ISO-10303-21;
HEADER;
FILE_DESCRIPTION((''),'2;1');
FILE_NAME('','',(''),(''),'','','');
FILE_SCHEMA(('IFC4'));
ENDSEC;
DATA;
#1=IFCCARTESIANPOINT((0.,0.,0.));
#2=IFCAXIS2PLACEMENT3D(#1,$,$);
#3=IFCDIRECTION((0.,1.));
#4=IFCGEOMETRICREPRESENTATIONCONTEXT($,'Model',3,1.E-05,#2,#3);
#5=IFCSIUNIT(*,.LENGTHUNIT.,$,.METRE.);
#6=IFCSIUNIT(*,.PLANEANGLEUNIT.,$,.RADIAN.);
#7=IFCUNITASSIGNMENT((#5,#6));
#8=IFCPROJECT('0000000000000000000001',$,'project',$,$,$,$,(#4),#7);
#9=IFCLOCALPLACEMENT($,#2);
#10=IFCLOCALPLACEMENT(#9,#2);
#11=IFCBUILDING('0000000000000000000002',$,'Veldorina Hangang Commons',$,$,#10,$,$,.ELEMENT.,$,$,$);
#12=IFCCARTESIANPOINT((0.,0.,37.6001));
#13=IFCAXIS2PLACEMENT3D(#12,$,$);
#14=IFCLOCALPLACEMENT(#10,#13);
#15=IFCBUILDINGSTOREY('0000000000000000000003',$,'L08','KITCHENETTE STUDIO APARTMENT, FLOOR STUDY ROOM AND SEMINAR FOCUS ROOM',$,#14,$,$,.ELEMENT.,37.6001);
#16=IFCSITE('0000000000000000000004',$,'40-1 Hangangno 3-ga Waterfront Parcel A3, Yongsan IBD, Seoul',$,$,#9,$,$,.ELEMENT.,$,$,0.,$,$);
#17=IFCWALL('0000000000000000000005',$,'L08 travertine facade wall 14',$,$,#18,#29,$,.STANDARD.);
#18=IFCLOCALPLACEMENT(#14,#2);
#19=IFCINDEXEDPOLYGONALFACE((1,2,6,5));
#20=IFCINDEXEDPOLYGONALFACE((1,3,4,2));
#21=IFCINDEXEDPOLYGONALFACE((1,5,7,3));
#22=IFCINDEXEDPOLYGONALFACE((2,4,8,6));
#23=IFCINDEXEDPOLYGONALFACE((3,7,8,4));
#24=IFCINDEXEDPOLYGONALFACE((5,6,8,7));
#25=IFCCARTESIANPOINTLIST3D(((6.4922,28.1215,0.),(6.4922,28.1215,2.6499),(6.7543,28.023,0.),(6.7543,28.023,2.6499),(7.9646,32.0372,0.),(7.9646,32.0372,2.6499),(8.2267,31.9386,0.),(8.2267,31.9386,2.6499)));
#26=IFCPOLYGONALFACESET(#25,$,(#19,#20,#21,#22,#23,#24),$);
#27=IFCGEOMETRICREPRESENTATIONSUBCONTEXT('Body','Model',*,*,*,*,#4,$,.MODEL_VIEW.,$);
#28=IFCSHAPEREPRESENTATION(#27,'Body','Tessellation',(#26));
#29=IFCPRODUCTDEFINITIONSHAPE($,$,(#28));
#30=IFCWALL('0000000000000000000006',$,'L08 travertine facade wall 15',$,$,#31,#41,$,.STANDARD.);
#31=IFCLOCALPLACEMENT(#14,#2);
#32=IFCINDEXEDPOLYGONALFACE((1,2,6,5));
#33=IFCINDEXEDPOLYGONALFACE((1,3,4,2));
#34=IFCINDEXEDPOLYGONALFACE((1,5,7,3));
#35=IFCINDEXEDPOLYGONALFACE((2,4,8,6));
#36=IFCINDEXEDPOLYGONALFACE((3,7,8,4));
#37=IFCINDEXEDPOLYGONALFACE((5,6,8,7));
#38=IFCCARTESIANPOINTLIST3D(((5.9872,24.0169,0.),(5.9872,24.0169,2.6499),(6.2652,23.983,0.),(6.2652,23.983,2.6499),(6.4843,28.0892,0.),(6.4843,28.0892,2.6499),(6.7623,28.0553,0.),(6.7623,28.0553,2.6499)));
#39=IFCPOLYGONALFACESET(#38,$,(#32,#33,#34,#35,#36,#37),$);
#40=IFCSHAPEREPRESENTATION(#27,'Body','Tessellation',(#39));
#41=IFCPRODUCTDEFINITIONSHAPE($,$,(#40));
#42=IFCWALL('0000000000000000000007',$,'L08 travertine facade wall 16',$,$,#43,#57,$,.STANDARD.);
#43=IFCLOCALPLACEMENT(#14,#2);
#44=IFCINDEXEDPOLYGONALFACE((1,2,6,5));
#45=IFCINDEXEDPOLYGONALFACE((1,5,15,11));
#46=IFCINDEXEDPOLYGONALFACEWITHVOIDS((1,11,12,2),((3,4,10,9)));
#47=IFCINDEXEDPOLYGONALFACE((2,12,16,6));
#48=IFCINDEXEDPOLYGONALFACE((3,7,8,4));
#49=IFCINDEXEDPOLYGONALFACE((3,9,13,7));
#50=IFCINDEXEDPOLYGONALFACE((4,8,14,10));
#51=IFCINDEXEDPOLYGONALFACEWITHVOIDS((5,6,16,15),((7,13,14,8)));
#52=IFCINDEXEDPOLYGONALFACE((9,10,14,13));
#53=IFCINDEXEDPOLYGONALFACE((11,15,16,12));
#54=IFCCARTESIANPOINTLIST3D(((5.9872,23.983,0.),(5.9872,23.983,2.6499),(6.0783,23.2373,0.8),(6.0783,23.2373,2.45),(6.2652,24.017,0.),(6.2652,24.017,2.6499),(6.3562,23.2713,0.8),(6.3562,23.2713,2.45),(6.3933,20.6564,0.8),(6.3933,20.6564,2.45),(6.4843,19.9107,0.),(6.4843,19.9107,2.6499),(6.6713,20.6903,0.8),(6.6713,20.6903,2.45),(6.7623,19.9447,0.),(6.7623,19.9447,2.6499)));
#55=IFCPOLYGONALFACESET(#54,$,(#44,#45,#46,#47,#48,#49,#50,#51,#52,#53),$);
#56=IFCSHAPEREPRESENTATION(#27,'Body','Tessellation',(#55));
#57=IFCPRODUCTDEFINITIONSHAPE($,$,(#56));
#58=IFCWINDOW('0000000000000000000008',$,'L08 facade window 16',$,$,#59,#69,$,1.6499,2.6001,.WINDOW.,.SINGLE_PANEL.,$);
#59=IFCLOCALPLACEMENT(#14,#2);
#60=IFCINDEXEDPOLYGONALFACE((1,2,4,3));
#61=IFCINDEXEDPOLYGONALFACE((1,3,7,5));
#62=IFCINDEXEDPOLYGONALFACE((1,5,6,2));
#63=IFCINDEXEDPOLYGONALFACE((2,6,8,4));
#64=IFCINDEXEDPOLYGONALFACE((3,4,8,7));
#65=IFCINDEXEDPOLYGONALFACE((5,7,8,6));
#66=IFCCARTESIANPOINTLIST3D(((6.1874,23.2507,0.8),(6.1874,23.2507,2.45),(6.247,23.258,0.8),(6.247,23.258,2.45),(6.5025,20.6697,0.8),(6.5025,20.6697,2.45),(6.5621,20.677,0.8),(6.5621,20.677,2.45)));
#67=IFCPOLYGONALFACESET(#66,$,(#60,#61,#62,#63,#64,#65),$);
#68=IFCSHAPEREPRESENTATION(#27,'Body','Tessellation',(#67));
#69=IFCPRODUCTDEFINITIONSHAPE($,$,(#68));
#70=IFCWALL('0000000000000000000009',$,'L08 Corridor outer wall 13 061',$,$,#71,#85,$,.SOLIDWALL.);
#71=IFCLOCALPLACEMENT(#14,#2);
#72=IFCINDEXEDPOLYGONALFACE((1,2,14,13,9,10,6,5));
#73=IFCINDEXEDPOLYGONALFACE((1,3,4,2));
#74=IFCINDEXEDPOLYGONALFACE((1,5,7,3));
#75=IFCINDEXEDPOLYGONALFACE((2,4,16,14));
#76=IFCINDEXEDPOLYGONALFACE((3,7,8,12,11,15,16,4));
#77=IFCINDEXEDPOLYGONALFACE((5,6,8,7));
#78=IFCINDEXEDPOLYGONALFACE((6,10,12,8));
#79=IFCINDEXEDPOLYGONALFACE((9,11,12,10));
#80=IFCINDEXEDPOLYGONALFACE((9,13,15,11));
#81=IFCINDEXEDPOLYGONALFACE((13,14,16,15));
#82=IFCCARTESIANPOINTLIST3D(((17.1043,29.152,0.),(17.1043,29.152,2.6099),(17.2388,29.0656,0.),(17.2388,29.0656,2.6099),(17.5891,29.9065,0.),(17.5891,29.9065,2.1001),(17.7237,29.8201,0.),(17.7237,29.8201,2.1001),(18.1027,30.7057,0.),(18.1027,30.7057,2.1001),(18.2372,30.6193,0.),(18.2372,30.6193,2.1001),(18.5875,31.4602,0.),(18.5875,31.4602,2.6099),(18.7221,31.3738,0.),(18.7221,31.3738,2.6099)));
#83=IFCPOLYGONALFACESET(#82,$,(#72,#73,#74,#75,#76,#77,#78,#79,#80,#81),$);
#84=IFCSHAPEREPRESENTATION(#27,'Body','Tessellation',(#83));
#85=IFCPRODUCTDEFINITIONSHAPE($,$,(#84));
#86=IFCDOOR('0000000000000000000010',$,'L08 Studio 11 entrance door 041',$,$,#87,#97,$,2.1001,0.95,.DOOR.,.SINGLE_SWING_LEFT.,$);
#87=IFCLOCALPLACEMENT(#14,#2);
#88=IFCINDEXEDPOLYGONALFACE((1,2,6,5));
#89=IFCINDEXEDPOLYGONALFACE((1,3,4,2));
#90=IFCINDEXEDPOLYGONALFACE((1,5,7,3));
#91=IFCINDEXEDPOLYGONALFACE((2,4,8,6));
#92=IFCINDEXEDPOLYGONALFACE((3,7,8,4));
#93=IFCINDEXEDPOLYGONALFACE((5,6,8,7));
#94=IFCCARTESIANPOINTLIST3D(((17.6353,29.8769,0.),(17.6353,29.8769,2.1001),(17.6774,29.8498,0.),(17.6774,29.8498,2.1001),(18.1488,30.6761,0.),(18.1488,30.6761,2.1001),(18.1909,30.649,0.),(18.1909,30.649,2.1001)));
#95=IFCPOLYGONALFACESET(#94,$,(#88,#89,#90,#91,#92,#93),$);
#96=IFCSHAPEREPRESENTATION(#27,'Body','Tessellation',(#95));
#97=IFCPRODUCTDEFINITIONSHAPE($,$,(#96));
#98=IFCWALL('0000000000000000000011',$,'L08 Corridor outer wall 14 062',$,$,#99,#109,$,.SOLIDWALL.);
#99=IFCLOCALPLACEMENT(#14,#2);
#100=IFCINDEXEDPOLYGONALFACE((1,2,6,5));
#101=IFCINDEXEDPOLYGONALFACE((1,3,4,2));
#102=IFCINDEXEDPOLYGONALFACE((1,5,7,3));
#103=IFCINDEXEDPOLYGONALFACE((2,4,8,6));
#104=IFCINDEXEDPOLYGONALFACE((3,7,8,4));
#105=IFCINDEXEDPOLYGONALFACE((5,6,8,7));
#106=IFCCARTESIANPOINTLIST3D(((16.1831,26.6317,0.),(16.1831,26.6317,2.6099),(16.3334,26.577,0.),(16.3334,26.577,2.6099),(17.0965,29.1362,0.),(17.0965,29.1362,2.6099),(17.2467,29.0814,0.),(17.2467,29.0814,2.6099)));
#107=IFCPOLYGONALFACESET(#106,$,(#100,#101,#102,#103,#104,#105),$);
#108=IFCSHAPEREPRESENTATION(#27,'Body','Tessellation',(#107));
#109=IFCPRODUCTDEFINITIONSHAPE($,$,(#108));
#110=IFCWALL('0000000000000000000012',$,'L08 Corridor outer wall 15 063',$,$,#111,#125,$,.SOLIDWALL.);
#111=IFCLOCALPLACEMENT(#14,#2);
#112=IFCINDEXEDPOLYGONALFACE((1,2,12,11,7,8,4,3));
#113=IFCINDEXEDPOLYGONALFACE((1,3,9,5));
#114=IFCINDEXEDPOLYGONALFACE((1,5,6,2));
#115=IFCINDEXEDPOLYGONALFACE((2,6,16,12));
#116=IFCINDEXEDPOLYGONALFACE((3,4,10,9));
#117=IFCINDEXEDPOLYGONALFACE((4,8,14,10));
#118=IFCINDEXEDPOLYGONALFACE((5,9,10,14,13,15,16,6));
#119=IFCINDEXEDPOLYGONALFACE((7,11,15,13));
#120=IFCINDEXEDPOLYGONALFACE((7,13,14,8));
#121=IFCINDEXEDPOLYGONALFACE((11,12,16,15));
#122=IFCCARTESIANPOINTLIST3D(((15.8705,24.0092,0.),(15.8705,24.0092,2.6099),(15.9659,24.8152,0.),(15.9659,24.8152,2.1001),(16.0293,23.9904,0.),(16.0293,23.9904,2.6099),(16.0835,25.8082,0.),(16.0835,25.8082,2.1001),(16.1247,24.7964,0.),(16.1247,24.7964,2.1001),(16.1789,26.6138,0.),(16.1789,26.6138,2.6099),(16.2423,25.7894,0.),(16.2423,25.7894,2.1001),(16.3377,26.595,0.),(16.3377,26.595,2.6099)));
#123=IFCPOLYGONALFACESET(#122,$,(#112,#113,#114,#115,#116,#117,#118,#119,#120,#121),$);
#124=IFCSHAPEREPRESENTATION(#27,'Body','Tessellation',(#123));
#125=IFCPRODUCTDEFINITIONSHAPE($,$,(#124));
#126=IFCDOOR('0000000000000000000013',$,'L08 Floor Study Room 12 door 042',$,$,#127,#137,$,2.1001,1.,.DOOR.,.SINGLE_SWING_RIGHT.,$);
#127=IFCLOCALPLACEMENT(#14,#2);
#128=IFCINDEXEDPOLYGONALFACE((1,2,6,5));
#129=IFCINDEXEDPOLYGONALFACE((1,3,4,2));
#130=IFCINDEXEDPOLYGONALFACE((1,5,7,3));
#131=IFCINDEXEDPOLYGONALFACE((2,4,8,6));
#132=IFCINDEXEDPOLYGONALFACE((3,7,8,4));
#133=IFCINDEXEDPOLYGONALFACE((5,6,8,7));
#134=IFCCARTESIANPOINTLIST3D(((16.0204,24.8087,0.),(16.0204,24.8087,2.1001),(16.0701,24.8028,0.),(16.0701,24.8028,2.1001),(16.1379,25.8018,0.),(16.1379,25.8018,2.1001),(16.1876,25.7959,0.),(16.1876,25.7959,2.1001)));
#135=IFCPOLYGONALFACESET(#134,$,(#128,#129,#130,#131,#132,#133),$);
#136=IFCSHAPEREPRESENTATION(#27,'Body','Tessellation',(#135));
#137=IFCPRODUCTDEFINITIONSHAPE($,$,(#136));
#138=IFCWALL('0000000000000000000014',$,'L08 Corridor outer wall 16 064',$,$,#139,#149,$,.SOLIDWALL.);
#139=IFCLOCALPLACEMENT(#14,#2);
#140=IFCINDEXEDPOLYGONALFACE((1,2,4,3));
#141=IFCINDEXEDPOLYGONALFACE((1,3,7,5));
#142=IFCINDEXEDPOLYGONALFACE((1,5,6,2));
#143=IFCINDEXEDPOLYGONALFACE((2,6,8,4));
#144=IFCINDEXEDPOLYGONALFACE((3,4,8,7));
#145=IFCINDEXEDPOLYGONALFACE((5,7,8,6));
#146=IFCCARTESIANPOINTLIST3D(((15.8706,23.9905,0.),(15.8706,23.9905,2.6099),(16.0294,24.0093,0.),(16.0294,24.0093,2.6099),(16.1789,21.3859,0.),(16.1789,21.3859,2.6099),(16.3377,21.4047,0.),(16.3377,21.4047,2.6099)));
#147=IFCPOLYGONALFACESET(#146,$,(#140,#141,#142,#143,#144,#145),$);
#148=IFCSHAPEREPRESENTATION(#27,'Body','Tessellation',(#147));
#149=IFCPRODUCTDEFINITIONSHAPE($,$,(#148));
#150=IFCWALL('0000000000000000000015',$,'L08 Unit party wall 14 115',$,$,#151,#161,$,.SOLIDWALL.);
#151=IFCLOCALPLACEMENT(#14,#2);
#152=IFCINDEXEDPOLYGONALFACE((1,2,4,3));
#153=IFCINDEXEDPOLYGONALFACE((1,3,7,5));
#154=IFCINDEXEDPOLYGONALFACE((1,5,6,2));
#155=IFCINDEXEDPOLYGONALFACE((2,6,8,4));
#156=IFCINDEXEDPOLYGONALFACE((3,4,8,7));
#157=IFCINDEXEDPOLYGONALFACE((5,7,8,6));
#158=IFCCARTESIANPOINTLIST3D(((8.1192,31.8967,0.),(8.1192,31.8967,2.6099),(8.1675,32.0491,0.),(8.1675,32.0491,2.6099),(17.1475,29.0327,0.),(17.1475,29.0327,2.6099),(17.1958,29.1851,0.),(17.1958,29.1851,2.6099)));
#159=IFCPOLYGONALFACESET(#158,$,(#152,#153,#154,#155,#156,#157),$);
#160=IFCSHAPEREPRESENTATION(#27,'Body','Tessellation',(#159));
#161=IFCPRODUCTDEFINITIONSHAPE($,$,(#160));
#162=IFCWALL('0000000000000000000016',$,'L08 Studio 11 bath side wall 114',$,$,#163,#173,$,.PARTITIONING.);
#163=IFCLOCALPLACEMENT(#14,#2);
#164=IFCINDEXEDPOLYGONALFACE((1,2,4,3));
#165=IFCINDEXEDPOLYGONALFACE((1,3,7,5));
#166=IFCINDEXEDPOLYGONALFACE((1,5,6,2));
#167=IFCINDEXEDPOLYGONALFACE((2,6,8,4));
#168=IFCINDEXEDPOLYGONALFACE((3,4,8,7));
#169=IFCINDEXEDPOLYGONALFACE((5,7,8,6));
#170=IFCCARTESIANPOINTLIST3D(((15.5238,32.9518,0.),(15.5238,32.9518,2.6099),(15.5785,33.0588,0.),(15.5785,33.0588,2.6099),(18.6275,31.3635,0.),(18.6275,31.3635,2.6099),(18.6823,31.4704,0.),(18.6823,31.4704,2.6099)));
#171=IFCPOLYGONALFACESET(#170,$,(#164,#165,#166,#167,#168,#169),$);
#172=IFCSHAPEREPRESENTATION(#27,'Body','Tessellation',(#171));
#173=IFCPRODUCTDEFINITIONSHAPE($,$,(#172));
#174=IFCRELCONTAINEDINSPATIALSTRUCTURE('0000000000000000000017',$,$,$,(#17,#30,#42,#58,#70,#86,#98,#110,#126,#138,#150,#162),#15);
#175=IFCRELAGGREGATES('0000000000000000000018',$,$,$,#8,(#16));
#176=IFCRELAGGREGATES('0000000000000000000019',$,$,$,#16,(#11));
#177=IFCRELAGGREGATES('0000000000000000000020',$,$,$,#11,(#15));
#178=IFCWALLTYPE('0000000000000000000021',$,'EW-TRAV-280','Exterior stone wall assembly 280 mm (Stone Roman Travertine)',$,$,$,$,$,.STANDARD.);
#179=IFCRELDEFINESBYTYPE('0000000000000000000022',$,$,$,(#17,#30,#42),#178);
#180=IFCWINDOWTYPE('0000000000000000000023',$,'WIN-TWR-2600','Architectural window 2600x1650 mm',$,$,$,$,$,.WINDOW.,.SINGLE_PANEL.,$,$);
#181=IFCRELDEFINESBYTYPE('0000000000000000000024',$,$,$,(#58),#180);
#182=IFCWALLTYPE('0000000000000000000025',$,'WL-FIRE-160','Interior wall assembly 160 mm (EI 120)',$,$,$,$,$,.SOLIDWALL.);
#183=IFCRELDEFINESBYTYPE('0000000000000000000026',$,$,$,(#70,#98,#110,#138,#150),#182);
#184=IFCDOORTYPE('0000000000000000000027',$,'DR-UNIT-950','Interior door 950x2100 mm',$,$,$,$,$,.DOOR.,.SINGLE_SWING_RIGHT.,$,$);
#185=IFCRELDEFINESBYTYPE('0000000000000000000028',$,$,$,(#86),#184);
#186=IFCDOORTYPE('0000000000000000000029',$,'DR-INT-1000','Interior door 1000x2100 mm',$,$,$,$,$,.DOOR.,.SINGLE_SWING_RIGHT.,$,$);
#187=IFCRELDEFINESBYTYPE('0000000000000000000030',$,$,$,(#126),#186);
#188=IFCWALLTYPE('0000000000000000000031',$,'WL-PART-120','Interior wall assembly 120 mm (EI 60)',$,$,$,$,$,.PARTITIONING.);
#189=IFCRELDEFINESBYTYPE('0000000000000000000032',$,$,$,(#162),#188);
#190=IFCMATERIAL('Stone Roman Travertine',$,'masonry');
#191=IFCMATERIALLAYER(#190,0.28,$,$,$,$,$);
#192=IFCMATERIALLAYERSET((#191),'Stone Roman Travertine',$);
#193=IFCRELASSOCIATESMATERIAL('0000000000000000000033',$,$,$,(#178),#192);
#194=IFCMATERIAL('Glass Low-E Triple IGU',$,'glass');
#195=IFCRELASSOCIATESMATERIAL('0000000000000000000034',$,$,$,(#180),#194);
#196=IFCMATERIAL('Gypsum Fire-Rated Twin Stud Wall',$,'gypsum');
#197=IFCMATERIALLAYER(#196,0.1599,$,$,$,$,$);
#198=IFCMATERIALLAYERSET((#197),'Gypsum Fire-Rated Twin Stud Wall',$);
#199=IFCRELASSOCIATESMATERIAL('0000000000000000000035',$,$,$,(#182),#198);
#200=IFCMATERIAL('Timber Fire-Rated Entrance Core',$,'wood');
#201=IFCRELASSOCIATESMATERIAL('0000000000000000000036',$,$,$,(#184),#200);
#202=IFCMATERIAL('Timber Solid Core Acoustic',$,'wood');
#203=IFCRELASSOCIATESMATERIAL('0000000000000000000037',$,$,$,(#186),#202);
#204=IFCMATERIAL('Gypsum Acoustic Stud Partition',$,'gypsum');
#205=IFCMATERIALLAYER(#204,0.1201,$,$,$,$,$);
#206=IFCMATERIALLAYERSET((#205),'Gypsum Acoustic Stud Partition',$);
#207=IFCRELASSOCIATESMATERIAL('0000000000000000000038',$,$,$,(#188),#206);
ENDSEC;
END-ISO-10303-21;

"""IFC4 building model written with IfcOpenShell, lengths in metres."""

from ifc_helpers import new_model, si_unit, direction, frame, frame_2d, origin, place, context, subcontext, project, spatial, rectangle, extrude, material, layer, layer_set, type_object, element, fill, save


model = new_model("IFC4")

# Units and contexts
model_context = context("Model", 3, precision=1e-05, world=origin(), true_north=direction((0.0, 1.0)))
body_context = subcontext(model_context, "Body", "Model", "MODEL_VIEW")
ifc_project = project(units=[si_unit("LENGTHUNIT", "METRE"), si_unit("PLANEANGLEUNIT", "RADIAN")], contexts=[model_context])

# Site, building, storey
site_placement = place(None, origin())
site = spatial("IfcSite", under=ifc_project, at=site_placement, Name="40-1 Hangangno 3-ga Waterfront Parcel A3, Yongsan IBD, Seoul", CompositionType="ELEMENT", RefElevation=0.0)
building_placement = place(site_placement, origin())
building = spatial("IfcBuilding", under=site, at=building_placement, Name="Veldorina Hangang Commons", CompositionType="ELEMENT")
storey_placement = place(building_placement, frame((0.0, 0.0, 37.6001)))
storey = spatial("IfcBuildingStorey", under=building, at=storey_placement, Name="L08", Description="KITCHENETTE STUDIO APARTMENT, FLOOR STUDY ROOM AND SEMINAR FOCUS ROOM", CompositionType="ELEMENT", Elevation=37.6001)

# Walls
ifc_material_1 = material(Name="Stone Roman Travertine", Category="masonry")
ifc_layer_1 = layer(ifc_material_1, 0.28)
ifc_layer_set_1 = layer_set([ifc_layer_1], Name="Stone Roman Travertine")
wall_type_1 = type_object("IfcWallType", Name="EW-TRAV-280", Description="Exterior stone wall assembly 280 mm (Stone Roman Travertine)", PredefinedType="STANDARD", material=ifc_layer_set_1)
wall_1_placement = place(storey_placement, frame((8.0957, 31.988, 0.0), z_axis=(0.0, 0.0, 1.0), x_axis=(-0.351961, -0.936015, 0.0)))
element("IfcWall", 1, at=wall_1_placement, inside=storey, type_object=wall_type_1, Name="L08 travertine facade wall 14", PredefinedType="STANDARD", context=body_context, shape_type="SweptSolid", body=[
    extrude(rectangle(XDim=4.1833, YDim=0.28, at=frame_2d((2.0918, 0.0))), origin(), (0.0, 0.0, 1.0), 2.6499),
])
wall_2_placement = place(storey_placement, frame((6.6233, 28.0723, 0.0), z_axis=(0.0, 0.0, 1.0), x_axis=(-0.121163, -0.992633, 0.0)))
element("IfcWall", 2, at=wall_2_placement, inside=storey, type_object=wall_type_1, Name="L08 travertine facade wall 15", PredefinedType="STANDARD", context=body_context, shape_type="SweptSolid", body=[
    extrude(rectangle(XDim=4.1025, YDim=0.28, at=frame_2d((2.0513, 0.0))), origin(), (0.0, 0.0, 1.0), 2.6499),
])

# Wall, opening, window
wall_3_placement = place(storey_placement, frame((6.1262, 24.0, 0.0), z_axis=(0.0, 0.0, 1.0), x_axis=(0.121163, -0.992633, 0.0)))
wall_3 = element("IfcWall", 3, at=wall_3_placement, inside=storey, type_object=wall_type_1, Name="L08 travertine facade wall 16", PredefinedType="STANDARD", context=body_context, shape_type="SweptSolid", body=[
    extrude(rectangle(XDim=4.1025, YDim=0.28, at=frame_2d((2.0513, 0.0))), origin(), (0.0, 0.0, 1.0), 2.6499),
])
opening_1_placement = place(wall_3_placement, frame((0.7512, 0.0, 0.8)))
opening_1 = element("IfcOpeningElement", 4, at=opening_1_placement, cuts=wall_3, PredefinedType="OPENING", context=body_context, shape_type="SweptSolid", body=[
    extrude(rectangle(XDim=2.6001, YDim=1.6499, at=frame_2d((1.3, 0.825))), frame((0.0, 0.1499, 0.0), z_axis=(0.0, -1.0, 0.0), x_axis=(1.0, 0.0, 0.0)), (0.0, 0.0, 1.0), 0.3),
])
ifc_material_2 = material(Name="Glass Low-E Triple IGU", Category="glass")
window_type = type_object("IfcWindowType", Name="WIN-TWR-2600", Description="Architectural window 2600x1650 mm", PartitioningType="SINGLE_PANEL", PredefinedType="WINDOW", material=ifc_material_2)
window_placement = place(opening_1_placement, origin())
window = element("IfcWindow", 5, at=window_placement, inside=storey, type_object=window_type, Name="L08 facade window 16", OverallHeight=1.6499, OverallWidth=2.6001, PartitioningType="SINGLE_PANEL", PredefinedType="WINDOW", context=body_context, shape_type="SweptSolid", body=[
    extrude(rectangle(XDim=2.6001, YDim=1.6499, at=frame_2d((1.3, 0.825))), frame((0.0, 0.03, 0.0), z_axis=(0.0, -1.0, 0.0), x_axis=(1.0, 0.0, 0.0)), (0.0, 0.0, 1.0), 0.0601),
])
fill(opening_1, window)

# Wall, opening, door
ifc_material_3 = material(Name="Gypsum Fire-Rated Twin Stud Wall", Category="gypsum")
ifc_layer_2 = layer(ifc_material_3, 0.1599)
ifc_layer_set_2 = layer_set([ifc_layer_2], Name="Gypsum Fire-Rated Twin Stud Wall")
wall_type_2 = type_object("IfcWallType", Name="WL-FIRE-160", Description="Interior wall assembly 160 mm (EI 120)", PredefinedType="SOLIDWALL", material=ifc_layer_set_2)
wall_4_placement = place(storey_placement, frame((18.6548, 31.417, 0.0), z_axis=(0.0, 0.0, 1.0), x_axis=(-0.540596, -0.841283, 0.0)))
wall_4 = element("IfcWall", 6, at=wall_4_placement, inside=storey, type_object=wall_type_2, Name="L08 Corridor outer wall 13 061", PredefinedType="SOLIDWALL", context=body_context, shape_type="SweptSolid", body=[
    extrude(rectangle(XDim=2.7437, YDim=0.1599, at=frame_2d((1.3718, 0.0))), origin(), (0.0, 0.0, 1.0), 2.6099),
])
opening_2_placement = place(wall_4_placement, frame((0.8967, 0.0, 0.0)))
opening_2 = element("IfcOpeningElement", 7, at=opening_2_placement, cuts=wall_4, PredefinedType="OPENING", context=body_context, shape_type="SweptSolid", body=[
    extrude(rectangle(XDim=0.95, YDim=2.1001, at=frame_2d((0.4751, 1.05))), frame((0.0, 0.0898, 0.0), z_axis=(0.0, -1.0, 0.0), x_axis=(1.0, 0.0, 0.0)), (0.0, 0.0, 1.0), 0.1799),
])
ifc_material_4 = material(Name="Timber Fire-Rated Entrance Core", Category="wood")
door_type_1 = type_object("IfcDoorType", Name="DR-UNIT-950", Description="Interior door 950x2100 mm", OperationType="SINGLE_SWING_RIGHT", PredefinedType="DOOR", material=ifc_material_4)
door_1_placement = place(opening_2_placement, origin())
door_1 = element("IfcDoor", 8, at=door_1_placement, inside=storey, type_object=door_type_1, Name="L08 Studio 11 entrance door 041", OperationType="SINGLE_SWING_LEFT", OverallHeight=2.1001, OverallWidth=0.95, PredefinedType="DOOR", context=body_context, shape_type="SweptSolid", body=[
    extrude(rectangle(XDim=0.95, YDim=2.1001, at=frame_2d((0.4751, 1.05))), frame((0.0, 0.0249, 0.0), z_axis=(0.0, -1.0, 0.0), x_axis=(1.0, 0.0, 0.0)), (0.0, 0.0, 1.0), 0.05),
])
fill(opening_2, door_1)

# Wall
wall_5_placement = place(storey_placement, frame((17.1716, 29.1089, 0.0), z_axis=(0.0, 0.0, 1.0), x_axis=(-0.342618, -0.939475, 0.0)))
element("IfcWall", 9, at=wall_5_placement, inside=storey, type_object=wall_type_2, Name="L08 Corridor outer wall 14 062", PredefinedType="SOLIDWALL", context=body_context, shape_type="SweptSolid", body=[
    extrude(rectangle(XDim=2.6658, YDim=0.1599, at=frame_2d((1.333, 0.0))), origin(), (0.0, 0.0, 1.0), 2.6099),
])

# Wall, opening, door
wall_6_placement = place(storey_placement, frame((16.2583, 26.6045, 0.0), z_axis=(0.0, 0.0, 1.0), x_axis=(-0.11757, -0.993065, 0.0)))
wall_6 = element("IfcWall", 10, at=wall_6_placement, inside=storey, type_object=wall_type_2, Name="L08 Corridor outer wall 15 063", PredefinedType="SOLIDWALL", context=body_context, shape_type="SweptSolid", body=[
    extrude(rectangle(XDim=2.6228, YDim=0.1599, at=frame_2d((1.3115, 0.0))), origin(), (0.0, 0.0, 1.0), 2.6099),
])
opening_3_placement = place(wall_6_placement, frame((0.8113, 0.0, 0.0)))
opening_3 = element("IfcOpeningElement", 11, at=opening_3_placement, cuts=wall_6, PredefinedType="OPENING", context=body_context, shape_type="SweptSolid", body=[
    extrude(rectangle(XDim=1.0, YDim=2.1001, at=frame_2d((0.5, 1.05))), frame((0.0, 0.0898, 0.0), z_axis=(0.0, -1.0, 0.0), x_axis=(1.0, 0.0, 0.0)), (0.0, 0.0, 1.0), 0.1799),
])
ifc_material_5 = material(Name="Timber Solid Core Acoustic", Category="wood")
door_type_2 = type_object("IfcDoorType", Name="DR-INT-1000", Description="Interior door 1000x2100 mm", OperationType="SINGLE_SWING_RIGHT", PredefinedType="DOOR", material=ifc_material_5)
door_2_placement = place(opening_3_placement, origin())
door_2 = element("IfcDoor", 12, at=door_2_placement, inside=storey, type_object=door_type_2, Name="L08 Floor Study Room 12 door 042", OperationType="SINGLE_SWING_RIGHT", OverallHeight=2.1001, OverallWidth=1.0, PredefinedType="DOOR", context=body_context, shape_type="SweptSolid", body=[
    extrude(rectangle(XDim=1.0, YDim=2.1001, at=frame_2d((0.5, 1.05))), frame((0.0, 0.0249, 0.0), z_axis=(0.0, -1.0, 0.0), x_axis=(1.0, 0.0, 0.0)), (0.0, 0.0, 1.0), 0.05),
])
fill(opening_3, door_2)

# Walls
wall_7_placement = place(storey_placement, frame((15.95, 24.0, 0.0), z_axis=(0.0, 0.0, 1.0), x_axis=(0.11757, -0.993065, 0.0)))
element("IfcWall", 13, at=wall_7_placement, inside=storey, type_object=wall_type_2, Name="L08 Corridor outer wall 16 064", PredefinedType="SOLIDWALL", context=body_context, shape_type="SweptSolid", body=[
    extrude(rectangle(XDim=2.6228, YDim=0.1599, at=frame_2d((1.3115, 0.0))), origin(), (0.0, 0.0, 1.0), 2.6099),
])
wall_8_placement = place(storey_placement, frame((17.1716, 29.1089, 0.0), z_axis=(0.0, 0.0, 1.0), x_axis=(-0.953189, 0.302376, 0.0)))
element("IfcWall", 14, at=wall_8_placement, inside=storey, type_object=wall_type_2, Name="L08 Unit party wall 14 115", PredefinedType="SOLIDWALL", context=body_context, shape_type="SweptSolid", body=[
    extrude(rectangle(XDim=9.4717, YDim=0.1599, at=frame_2d((4.7358, 0.0))), origin(), (0.0, 0.0, 1.0), 2.6099),
])
ifc_material_6 = material(Name="Gypsum Acoustic Stud Partition", Category="gypsum")
ifc_layer_3 = layer(ifc_material_6, 0.1201)
ifc_layer_set_3 = layer_set([ifc_layer_3], Name="Gypsum Acoustic Stud Partition")
wall_type_3 = type_object("IfcWallType", Name="WL-PART-120", Description="Interior wall assembly 120 mm (EI 60)", PredefinedType="PARTITIONING", material=ifc_layer_set_3)
wall_9_placement = place(storey_placement, frame((18.6548, 31.417, 0.0), z_axis=(0.0, 0.0, 1.0), x_axis=(-0.890201, 0.455569, 0.0)))
element("IfcWall", 15, at=wall_9_placement, inside=storey, type_object=wall_type_3, Name="L08 Studio 11 bath side wall 114", PredefinedType="PARTITIONING", context=body_context, shape_type="SweptSolid", body=[
    extrude(rectangle(XDim=3.4866, YDim=0.1201, at=frame_2d((1.7432, 0.0))), origin(), (0.0, 0.0, 1.0), 2.6099),
])

save(model, "model.ifc")
